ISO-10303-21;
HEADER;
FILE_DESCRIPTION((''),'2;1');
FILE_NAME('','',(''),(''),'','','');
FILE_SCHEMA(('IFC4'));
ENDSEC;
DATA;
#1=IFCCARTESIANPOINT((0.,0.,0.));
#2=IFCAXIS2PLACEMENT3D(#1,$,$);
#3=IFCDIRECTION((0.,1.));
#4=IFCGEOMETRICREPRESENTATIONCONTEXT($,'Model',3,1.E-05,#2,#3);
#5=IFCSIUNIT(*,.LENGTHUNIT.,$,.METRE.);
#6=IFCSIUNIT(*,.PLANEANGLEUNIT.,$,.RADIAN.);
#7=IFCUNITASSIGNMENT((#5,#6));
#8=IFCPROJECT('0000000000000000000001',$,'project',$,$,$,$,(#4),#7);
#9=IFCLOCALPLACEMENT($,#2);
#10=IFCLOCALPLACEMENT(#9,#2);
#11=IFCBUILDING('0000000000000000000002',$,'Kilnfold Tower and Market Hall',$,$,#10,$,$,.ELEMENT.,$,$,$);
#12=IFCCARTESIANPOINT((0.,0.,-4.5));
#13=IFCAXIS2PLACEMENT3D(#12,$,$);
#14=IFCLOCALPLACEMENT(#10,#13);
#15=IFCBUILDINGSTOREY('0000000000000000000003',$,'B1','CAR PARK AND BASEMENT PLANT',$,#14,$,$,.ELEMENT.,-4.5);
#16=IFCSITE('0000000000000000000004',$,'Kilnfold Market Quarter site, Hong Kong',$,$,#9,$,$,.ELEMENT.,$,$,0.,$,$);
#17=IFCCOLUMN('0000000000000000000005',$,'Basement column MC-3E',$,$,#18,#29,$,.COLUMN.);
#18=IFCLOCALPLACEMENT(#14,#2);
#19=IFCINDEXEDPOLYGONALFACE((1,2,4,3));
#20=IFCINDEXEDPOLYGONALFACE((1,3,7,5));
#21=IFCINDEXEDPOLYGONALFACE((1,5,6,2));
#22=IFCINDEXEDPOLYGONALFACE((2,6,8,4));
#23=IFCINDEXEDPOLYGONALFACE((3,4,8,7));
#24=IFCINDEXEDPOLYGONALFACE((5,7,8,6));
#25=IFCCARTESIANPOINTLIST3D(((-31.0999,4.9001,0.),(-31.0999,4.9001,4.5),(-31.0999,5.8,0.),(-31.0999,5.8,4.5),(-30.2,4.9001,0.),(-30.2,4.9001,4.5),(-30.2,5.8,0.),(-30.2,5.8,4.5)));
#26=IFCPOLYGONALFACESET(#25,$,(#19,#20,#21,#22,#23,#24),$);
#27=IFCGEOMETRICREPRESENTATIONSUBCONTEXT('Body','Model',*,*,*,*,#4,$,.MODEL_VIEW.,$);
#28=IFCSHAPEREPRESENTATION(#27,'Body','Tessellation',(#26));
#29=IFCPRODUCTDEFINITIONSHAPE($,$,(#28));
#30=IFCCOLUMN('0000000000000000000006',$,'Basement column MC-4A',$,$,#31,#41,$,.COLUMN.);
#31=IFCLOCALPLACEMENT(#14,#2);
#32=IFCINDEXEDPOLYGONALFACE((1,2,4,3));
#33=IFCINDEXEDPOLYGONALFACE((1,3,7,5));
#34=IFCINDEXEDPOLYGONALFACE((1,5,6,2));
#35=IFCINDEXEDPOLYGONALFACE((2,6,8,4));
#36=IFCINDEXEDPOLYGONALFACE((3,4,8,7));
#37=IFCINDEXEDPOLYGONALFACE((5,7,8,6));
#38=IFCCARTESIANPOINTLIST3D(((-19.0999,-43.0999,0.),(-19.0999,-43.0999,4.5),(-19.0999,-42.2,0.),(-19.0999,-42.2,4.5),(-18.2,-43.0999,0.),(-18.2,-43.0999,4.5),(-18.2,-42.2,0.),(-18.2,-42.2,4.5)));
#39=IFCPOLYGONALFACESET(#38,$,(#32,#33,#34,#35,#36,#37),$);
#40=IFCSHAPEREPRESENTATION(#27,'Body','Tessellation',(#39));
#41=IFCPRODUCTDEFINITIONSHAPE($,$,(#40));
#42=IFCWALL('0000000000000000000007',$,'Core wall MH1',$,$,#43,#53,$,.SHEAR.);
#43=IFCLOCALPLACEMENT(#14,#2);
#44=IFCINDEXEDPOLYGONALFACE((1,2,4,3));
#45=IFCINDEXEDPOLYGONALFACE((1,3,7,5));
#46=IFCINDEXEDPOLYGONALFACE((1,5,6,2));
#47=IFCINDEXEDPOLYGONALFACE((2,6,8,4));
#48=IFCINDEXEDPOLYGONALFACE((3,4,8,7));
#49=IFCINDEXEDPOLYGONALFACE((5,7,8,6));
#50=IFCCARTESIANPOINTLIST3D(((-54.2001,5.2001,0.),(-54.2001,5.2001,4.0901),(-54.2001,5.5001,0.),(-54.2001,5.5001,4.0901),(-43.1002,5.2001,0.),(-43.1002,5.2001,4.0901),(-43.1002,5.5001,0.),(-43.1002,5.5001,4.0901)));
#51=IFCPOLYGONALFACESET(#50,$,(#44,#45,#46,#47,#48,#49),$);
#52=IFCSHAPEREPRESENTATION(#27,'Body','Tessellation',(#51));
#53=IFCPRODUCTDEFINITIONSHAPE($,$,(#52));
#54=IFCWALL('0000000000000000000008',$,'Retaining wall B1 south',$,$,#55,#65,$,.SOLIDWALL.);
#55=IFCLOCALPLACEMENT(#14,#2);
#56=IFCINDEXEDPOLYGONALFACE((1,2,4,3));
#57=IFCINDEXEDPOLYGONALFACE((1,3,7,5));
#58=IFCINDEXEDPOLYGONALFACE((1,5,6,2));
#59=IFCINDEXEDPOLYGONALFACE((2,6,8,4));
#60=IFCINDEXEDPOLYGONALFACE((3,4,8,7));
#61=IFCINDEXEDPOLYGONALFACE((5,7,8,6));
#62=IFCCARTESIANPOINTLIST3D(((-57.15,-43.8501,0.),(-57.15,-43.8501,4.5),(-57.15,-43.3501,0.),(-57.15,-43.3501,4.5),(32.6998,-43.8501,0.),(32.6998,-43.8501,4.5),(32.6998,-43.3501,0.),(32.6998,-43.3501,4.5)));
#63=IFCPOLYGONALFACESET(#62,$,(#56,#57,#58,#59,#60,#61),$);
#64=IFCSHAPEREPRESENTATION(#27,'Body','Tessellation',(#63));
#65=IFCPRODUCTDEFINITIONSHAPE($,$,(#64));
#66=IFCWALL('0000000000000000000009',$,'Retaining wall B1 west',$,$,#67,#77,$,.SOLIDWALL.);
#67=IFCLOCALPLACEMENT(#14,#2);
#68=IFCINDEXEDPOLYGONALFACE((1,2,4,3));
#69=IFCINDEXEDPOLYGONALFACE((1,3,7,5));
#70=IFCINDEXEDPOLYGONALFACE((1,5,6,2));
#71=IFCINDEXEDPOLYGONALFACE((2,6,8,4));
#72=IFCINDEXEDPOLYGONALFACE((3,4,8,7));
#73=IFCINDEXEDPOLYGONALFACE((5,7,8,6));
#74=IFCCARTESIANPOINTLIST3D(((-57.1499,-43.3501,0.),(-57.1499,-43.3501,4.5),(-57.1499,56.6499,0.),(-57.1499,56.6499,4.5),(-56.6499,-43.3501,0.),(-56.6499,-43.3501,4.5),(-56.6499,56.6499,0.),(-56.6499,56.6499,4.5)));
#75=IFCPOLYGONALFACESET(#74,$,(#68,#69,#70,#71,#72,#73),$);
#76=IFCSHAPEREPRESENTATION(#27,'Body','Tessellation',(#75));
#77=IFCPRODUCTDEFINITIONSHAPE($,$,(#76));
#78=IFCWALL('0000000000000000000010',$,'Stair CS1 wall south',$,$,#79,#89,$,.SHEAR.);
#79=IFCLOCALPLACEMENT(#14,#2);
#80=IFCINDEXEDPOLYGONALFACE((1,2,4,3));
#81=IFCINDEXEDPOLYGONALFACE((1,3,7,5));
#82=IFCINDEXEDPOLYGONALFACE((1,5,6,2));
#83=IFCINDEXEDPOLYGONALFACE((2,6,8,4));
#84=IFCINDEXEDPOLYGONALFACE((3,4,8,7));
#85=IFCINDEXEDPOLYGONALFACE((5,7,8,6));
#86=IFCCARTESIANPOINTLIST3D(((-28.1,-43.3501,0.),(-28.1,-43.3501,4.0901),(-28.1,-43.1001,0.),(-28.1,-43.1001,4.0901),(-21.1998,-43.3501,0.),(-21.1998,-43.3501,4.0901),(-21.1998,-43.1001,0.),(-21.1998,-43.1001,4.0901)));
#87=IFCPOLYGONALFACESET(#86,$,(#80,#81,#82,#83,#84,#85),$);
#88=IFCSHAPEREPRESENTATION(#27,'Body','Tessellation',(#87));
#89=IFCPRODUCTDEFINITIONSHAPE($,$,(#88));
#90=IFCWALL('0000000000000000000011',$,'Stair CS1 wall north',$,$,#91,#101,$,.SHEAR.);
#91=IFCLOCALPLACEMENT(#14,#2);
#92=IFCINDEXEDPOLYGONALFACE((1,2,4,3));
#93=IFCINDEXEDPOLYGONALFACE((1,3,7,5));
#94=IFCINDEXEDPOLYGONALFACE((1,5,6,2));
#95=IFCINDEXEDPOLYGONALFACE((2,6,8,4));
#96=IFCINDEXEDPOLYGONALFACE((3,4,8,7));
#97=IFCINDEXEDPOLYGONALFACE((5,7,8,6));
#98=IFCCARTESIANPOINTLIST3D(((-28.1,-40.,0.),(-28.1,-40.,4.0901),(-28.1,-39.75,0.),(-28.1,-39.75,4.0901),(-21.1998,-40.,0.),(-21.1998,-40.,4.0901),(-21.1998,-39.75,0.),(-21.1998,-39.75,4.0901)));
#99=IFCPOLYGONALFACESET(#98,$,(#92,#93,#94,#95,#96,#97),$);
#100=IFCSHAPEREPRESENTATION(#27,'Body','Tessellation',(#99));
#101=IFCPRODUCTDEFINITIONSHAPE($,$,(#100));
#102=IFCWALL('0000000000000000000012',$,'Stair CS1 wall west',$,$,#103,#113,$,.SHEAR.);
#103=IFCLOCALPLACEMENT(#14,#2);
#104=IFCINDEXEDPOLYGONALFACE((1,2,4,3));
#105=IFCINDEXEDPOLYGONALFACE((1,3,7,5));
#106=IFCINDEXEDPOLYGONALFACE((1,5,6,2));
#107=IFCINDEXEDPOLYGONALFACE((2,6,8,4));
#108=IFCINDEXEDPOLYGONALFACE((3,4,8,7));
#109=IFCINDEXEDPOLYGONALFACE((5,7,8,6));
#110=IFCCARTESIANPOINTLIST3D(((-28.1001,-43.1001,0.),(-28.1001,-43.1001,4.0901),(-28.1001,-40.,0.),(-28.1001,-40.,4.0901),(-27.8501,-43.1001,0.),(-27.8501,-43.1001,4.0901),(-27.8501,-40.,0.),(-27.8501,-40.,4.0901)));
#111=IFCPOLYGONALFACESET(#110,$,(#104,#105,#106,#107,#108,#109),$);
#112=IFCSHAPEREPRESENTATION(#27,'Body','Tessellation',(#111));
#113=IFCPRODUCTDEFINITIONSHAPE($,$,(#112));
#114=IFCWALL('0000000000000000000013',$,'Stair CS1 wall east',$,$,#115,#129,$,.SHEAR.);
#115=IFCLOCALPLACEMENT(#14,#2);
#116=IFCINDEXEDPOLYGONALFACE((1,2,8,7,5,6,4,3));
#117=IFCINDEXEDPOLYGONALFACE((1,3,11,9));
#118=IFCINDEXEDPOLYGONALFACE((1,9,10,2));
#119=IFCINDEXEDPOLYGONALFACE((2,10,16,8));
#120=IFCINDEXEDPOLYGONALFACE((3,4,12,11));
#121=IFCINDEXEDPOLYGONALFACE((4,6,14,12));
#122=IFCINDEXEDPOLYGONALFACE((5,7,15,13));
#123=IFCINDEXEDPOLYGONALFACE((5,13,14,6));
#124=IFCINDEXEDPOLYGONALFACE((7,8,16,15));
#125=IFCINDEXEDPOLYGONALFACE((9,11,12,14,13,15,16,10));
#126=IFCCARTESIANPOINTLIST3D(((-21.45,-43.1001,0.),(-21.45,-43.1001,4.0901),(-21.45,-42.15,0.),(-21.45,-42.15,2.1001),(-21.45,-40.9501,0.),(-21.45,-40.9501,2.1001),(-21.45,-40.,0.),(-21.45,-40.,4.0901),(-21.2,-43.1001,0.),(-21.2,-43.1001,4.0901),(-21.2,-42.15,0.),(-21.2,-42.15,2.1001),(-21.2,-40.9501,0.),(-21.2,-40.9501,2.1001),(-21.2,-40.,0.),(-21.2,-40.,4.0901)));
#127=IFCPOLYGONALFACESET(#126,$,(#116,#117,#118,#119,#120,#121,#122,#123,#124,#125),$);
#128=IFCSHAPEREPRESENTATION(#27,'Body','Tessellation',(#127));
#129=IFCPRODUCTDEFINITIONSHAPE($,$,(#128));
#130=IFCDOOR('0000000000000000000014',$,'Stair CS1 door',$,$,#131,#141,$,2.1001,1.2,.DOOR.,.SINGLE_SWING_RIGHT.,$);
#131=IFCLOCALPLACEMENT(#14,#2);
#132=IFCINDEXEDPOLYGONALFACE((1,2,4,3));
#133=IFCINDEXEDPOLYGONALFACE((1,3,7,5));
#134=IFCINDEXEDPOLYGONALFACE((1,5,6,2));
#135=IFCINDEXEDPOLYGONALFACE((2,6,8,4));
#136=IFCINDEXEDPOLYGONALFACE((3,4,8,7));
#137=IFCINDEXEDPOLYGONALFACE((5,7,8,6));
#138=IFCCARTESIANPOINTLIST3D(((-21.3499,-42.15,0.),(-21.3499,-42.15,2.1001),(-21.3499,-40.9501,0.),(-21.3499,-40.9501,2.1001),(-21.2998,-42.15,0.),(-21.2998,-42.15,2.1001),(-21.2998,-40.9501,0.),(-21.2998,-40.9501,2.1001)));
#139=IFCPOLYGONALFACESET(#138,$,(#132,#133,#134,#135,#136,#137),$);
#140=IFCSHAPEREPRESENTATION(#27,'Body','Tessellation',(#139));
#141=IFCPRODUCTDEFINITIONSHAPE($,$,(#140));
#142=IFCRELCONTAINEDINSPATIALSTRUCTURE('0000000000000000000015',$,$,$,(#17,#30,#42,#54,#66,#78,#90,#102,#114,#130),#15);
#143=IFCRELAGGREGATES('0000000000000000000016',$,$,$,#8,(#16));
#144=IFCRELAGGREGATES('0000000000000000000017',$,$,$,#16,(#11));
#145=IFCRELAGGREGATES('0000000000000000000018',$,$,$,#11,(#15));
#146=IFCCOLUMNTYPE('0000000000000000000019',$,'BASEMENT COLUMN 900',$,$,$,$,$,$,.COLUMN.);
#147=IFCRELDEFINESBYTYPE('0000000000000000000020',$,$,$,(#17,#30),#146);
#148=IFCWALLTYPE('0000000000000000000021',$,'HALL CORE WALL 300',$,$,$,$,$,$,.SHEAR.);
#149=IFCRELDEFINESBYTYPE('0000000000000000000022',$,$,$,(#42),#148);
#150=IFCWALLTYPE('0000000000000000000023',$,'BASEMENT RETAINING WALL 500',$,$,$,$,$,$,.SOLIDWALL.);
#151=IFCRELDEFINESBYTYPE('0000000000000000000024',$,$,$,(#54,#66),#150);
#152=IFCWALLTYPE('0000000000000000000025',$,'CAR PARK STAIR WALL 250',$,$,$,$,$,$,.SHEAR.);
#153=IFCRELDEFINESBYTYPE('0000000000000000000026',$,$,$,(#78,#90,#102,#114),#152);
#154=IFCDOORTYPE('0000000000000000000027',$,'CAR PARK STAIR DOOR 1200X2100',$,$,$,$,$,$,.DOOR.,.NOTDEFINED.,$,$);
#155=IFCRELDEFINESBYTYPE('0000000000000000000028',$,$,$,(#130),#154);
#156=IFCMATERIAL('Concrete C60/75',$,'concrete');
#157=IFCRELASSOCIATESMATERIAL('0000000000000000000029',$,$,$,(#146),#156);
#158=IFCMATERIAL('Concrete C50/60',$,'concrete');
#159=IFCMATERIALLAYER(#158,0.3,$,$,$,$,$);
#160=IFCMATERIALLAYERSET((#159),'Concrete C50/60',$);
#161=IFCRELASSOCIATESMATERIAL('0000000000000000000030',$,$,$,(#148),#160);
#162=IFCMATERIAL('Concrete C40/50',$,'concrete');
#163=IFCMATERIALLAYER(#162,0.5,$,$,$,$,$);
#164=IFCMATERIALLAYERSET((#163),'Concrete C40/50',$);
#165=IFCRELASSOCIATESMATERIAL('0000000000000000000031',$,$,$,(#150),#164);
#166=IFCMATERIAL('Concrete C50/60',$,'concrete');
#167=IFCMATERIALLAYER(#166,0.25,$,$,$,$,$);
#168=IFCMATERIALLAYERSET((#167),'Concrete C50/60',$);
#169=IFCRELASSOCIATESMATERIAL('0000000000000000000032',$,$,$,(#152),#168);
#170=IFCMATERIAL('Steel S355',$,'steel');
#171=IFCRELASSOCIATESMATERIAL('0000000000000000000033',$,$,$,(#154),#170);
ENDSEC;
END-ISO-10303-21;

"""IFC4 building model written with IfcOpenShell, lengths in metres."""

from ifc_helpers import new_model, si_unit, direction, frame, frame_2d, origin, origin_2d, place, context, subcontext, project, spatial, rectangle, extrude, source, transform, mapped, material, layer, layer_set, material_profile, profile_set, type_object, element, fill, save


model = new_model("IFC4")

# Units and contexts
model_context = context("Model", 3, precision=1e-05, world=origin(), true_north=direction((0.0, 1.0)))
body_context = subcontext(model_context, "Body", "Model", "MODEL_VIEW")
ifc_project = project(units=[si_unit("LENGTHUNIT", "METRE"), si_unit("PLANEANGLEUNIT", "RADIAN")], contexts=[model_context])

# Site, building, storey
site_placement = place(None, origin())
site = spatial("IfcSite", under=ifc_project, at=site_placement, Name="Kilnfold Market Quarter site, Hong Kong", CompositionType="ELEMENT", RefElevation=0.0)
building_placement = place(site_placement, origin())
building = spatial("IfcBuilding", under=site, at=building_placement, Name="Kilnfold Tower and Market Hall", CompositionType="ELEMENT")
storey_placement = place(building_placement, frame((0.0, 0.0, -4.5)))
storey = spatial("IfcBuildingStorey", under=building, at=storey_placement, Name="B1", Description="CAR PARK AND BASEMENT PLANT", CompositionType="ELEMENT", Elevation=-4.5)

# Columns
ifc_material_1 = material(Name="Concrete C60/75", Category="concrete")
ifc_material_profile_1 = material_profile(ifc_material_1, rectangle(XDim=0.8999, YDim=0.8999, at=origin_2d()), Name="RC 900x900")
ifc_profile_set_1 = profile_set([ifc_material_profile_1], Name="Concrete C60/75")
column_type_1 = type_object("IfcColumnType", Name="BASEMENT COLUMN 900", PredefinedType="COLUMN", material=ifc_profile_set_1)
shared_shape_1 = source(origin(), body_context, "Body", "SweptSolid", [
    extrude(rectangle(XDim=0.8999, YDim=0.8999, at=origin_2d()), origin(), (0.0, 0.0, 1.0), 4.5),
])
for number, where, z_axis, x_axis, name in (
    (1, (-30.6499, 5.3501, 0.0), (0.0, 0.0, 1.0), (1.0, 0.0, 0.0), "Basement column MC-3E"),
    (2, (-18.6499, -42.6499, 0.0), (0.0, 0.0, 1.0), (1.0, 0.0, 0.0), "Basement column MC-4A"),
):
    element("IfcColumn", number, at=place(storey_placement, frame(where, z_axis=z_axis, x_axis=x_axis)), inside=storey, type_object=column_type_1, Name=name, PredefinedType="COLUMN", context=body_context, shape_type="MappedRepresentation", body=[
        mapped(shared_shape_1, transform((0.0, 0.0, 0.0))),
    ])

# Walls
ifc_material_2 = material(Name="Concrete C50/60", Category="concrete")
ifc_layer_1 = layer(ifc_material_2, 0.3)
ifc_layer_set_1 = layer_set([ifc_layer_1], Name="Concrete C50/60")
wall_type_1 = type_object("IfcWallType", Name="HALL CORE WALL 300", PredefinedType="SHEAR", material=ifc_layer_set_1)
shared_shape_2 = source(origin(), body_context, "Body", "SweptSolid", [
    extrude(rectangle(XDim=11.0999, YDim=0.3, at=frame_2d((5.5498, 0.0))), origin(), (0.0, 0.0, 1.0), 4.0901),
])
wall_1_placement = place(storey_placement, frame((-54.2, 5.3501, 0.0), z_axis=(0.0, 0.0, 1.0), x_axis=(1.0, 0.0, 0.0)))
element("IfcWall", 3, at=wall_1_placement, inside=storey, type_object=wall_type_1, Name="Core wall MH1", PredefinedType="SHEAR", context=body_context, shape_type="MappedRepresentation", body=[
    mapped(shared_shape_2, transform((0.0, 0.0, 0.0))),
])
ifc_material_3 = material(Name="Concrete C40/50", Category="concrete")
ifc_layer_2 = layer(ifc_material_3, 0.5)
ifc_layer_set_2 = layer_set([ifc_layer_2], Name="Concrete C40/50")
wall_type_2 = type_object("IfcWallType", Name="BASEMENT RETAINING WALL 500", PredefinedType="SOLIDWALL", material=ifc_layer_set_2)
shared_shape_3 = source(origin(), body_context, "Body", "SweptSolid", [
    extrude(rectangle(XDim=89.8499, YDim=0.5, at=frame_2d((44.9248, 0.0))), origin(), (0.0, 0.0, 1.0), 4.5),
])
wall_2_placement = place(storey_placement, frame((-57.1499, -43.6001, 0.0), z_axis=(0.0, 0.0, 1.0), x_axis=(1.0, 0.0, 0.0)))
element("IfcWall", 4, at=wall_2_placement, inside=storey, type_object=wall_type_2, Name="Retaining wall B1 south", PredefinedType="SOLIDWALL", context=body_context, shape_type="MappedRepresentation", body=[
    mapped(shared_shape_3, transform((0.0, 0.0, 0.0))),
])
shared_shape_4 = source(origin(), body_context, "Body", "SweptSolid", [
    extrude(rectangle(XDim=100.0, YDim=0.5, at=frame_2d((50.0, 0.0))), origin(), (0.0, 0.0, 1.0), 4.5),
])
wall_3_placement = place(storey_placement, frame((-56.8999, -43.3501, 0.0), z_axis=(0.0, 0.0, 1.0), x_axis=(0.0, 1.0, 0.0)))
element("IfcWall", 5, at=wall_3_placement, inside=storey, type_object=wall_type_2, Name="Retaining wall B1 west", PredefinedType="SOLIDWALL", context=body_context, shape_type="MappedRepresentation", body=[
    mapped(shared_shape_4, transform((0.0, 0.0, 0.0))),
])
ifc_material_4 = material(Name="Concrete C50/60", Category="concrete")
ifc_layer_3 = layer(ifc_material_4, 0.25)
ifc_layer_set_3 = layer_set([ifc_layer_3], Name="Concrete C50/60")
wall_type_3 = type_object("IfcWallType", Name="CAR PARK STAIR WALL 250", PredefinedType="SHEAR", material=ifc_layer_set_3)
shared_shape_5 = source(origin(), body_context, "Body", "SweptSolid", [
    extrude(rectangle(XDim=6.9001, YDim=0.25, at=frame_2d((3.4502, 0.0))), origin(), (0.0, 0.0, 1.0), 4.0901),
])
for number, where, z_axis, x_axis, name in (
    (6, (-28.1001, -43.2251, 0.0), (0.0, 0.0, 1.0), (1.0, 0.0, 0.0), "Stair CS1 wall south"),
    (7, (-28.1001, -39.875, 0.0), (0.0, 0.0, 1.0), (1.0, 0.0, 0.0), "Stair CS1 wall north"),
):
    element("IfcWall", number, at=place(storey_placement, frame(where, z_axis=z_axis, x_axis=x_axis)), inside=storey, type_object=wall_type_3, Name=name, PredefinedType="SHEAR", context=body_context, shape_type="MappedRepresentation", body=[
        mapped(shared_shape_5, transform((0.0, 0.0, 0.0))),
    ])
shared_shape_6 = source(origin(), body_context, "Body", "SweptSolid", [
    extrude(rectangle(XDim=3.1001, YDim=0.25, at=frame_2d((1.55, 0.0))), origin(), (0.0, 0.0, 1.0), 4.0901),
])
wall_4_placement = place(storey_placement, frame((-27.9751, -43.1001, 0.0), z_axis=(0.0, 0.0, 1.0), x_axis=(0.0, 1.0, 0.0)))
element("IfcWall", 8, at=wall_4_placement, inside=storey, type_object=wall_type_3, Name="Stair CS1 wall west", PredefinedType="SHEAR", context=body_context, shape_type="MappedRepresentation", body=[
    mapped(shared_shape_6, transform((0.0, 0.0, 0.0))),
])

# Wall, opening, door
wall_5_placement = place(storey_placement, frame((-21.325, -43.1001, 0.0), z_axis=(0.0, 0.0, 1.0), x_axis=(0.0, 1.0, 0.0)))
wall_5 = element("IfcWall", 9, at=wall_5_placement, inside=storey, type_object=wall_type_3, Name="Stair CS1 wall east", PredefinedType="SHEAR", context=body_context, shape_type="MappedRepresentation", body=[
    mapped(shared_shape_6, transform((0.0, 0.0, 0.0))),
])
opening_placement = place(wall_5_placement, frame((0.95, 0.0, 0.0)))
opening = element("IfcOpeningElement", 10, at=opening_placement, cuts=wall_5, PredefinedType="OPENING", context=body_context, shape_type="SweptSolid", body=[
    extrude(rectangle(XDim=1.2, YDim=2.1001, at=frame_2d((0.6001, 1.05))), frame((0.0, 0.135, 0.0), z_axis=(0.0, -1.0, 0.0), x_axis=(1.0, 0.0, 0.0)), (0.0, 0.0, 1.0), 0.27),
])
ifc_material_5 = material(Name="Steel S355", Category="steel")
door_type = type_object("IfcDoorType", Name="CAR PARK STAIR DOOR 1200X2100", OperationType="NOTDEFINED", PredefinedType="DOOR", material=ifc_material_5)
door_placement = place(opening_placement, origin())
door = element("IfcDoor", 11, at=door_placement, inside=storey, type_object=door_type, Name="Stair CS1 door", OperationType="SINGLE_SWING_RIGHT", OverallHeight=2.1001, OverallWidth=1.2, PredefinedType="DOOR", context=body_context, shape_type="SweptSolid", body=[
    extrude(rectangle(XDim=1.2, YDim=2.1001, at=frame_2d((0.6001, 1.05))), frame((0.0, 0.0249, 0.0), z_axis=(0.0, -1.0, 0.0), x_axis=(1.0, 0.0, 0.0)), (0.0, 0.0, 1.0), 0.05),
])
fill(opening, door)

save(model, "model.ifc")
